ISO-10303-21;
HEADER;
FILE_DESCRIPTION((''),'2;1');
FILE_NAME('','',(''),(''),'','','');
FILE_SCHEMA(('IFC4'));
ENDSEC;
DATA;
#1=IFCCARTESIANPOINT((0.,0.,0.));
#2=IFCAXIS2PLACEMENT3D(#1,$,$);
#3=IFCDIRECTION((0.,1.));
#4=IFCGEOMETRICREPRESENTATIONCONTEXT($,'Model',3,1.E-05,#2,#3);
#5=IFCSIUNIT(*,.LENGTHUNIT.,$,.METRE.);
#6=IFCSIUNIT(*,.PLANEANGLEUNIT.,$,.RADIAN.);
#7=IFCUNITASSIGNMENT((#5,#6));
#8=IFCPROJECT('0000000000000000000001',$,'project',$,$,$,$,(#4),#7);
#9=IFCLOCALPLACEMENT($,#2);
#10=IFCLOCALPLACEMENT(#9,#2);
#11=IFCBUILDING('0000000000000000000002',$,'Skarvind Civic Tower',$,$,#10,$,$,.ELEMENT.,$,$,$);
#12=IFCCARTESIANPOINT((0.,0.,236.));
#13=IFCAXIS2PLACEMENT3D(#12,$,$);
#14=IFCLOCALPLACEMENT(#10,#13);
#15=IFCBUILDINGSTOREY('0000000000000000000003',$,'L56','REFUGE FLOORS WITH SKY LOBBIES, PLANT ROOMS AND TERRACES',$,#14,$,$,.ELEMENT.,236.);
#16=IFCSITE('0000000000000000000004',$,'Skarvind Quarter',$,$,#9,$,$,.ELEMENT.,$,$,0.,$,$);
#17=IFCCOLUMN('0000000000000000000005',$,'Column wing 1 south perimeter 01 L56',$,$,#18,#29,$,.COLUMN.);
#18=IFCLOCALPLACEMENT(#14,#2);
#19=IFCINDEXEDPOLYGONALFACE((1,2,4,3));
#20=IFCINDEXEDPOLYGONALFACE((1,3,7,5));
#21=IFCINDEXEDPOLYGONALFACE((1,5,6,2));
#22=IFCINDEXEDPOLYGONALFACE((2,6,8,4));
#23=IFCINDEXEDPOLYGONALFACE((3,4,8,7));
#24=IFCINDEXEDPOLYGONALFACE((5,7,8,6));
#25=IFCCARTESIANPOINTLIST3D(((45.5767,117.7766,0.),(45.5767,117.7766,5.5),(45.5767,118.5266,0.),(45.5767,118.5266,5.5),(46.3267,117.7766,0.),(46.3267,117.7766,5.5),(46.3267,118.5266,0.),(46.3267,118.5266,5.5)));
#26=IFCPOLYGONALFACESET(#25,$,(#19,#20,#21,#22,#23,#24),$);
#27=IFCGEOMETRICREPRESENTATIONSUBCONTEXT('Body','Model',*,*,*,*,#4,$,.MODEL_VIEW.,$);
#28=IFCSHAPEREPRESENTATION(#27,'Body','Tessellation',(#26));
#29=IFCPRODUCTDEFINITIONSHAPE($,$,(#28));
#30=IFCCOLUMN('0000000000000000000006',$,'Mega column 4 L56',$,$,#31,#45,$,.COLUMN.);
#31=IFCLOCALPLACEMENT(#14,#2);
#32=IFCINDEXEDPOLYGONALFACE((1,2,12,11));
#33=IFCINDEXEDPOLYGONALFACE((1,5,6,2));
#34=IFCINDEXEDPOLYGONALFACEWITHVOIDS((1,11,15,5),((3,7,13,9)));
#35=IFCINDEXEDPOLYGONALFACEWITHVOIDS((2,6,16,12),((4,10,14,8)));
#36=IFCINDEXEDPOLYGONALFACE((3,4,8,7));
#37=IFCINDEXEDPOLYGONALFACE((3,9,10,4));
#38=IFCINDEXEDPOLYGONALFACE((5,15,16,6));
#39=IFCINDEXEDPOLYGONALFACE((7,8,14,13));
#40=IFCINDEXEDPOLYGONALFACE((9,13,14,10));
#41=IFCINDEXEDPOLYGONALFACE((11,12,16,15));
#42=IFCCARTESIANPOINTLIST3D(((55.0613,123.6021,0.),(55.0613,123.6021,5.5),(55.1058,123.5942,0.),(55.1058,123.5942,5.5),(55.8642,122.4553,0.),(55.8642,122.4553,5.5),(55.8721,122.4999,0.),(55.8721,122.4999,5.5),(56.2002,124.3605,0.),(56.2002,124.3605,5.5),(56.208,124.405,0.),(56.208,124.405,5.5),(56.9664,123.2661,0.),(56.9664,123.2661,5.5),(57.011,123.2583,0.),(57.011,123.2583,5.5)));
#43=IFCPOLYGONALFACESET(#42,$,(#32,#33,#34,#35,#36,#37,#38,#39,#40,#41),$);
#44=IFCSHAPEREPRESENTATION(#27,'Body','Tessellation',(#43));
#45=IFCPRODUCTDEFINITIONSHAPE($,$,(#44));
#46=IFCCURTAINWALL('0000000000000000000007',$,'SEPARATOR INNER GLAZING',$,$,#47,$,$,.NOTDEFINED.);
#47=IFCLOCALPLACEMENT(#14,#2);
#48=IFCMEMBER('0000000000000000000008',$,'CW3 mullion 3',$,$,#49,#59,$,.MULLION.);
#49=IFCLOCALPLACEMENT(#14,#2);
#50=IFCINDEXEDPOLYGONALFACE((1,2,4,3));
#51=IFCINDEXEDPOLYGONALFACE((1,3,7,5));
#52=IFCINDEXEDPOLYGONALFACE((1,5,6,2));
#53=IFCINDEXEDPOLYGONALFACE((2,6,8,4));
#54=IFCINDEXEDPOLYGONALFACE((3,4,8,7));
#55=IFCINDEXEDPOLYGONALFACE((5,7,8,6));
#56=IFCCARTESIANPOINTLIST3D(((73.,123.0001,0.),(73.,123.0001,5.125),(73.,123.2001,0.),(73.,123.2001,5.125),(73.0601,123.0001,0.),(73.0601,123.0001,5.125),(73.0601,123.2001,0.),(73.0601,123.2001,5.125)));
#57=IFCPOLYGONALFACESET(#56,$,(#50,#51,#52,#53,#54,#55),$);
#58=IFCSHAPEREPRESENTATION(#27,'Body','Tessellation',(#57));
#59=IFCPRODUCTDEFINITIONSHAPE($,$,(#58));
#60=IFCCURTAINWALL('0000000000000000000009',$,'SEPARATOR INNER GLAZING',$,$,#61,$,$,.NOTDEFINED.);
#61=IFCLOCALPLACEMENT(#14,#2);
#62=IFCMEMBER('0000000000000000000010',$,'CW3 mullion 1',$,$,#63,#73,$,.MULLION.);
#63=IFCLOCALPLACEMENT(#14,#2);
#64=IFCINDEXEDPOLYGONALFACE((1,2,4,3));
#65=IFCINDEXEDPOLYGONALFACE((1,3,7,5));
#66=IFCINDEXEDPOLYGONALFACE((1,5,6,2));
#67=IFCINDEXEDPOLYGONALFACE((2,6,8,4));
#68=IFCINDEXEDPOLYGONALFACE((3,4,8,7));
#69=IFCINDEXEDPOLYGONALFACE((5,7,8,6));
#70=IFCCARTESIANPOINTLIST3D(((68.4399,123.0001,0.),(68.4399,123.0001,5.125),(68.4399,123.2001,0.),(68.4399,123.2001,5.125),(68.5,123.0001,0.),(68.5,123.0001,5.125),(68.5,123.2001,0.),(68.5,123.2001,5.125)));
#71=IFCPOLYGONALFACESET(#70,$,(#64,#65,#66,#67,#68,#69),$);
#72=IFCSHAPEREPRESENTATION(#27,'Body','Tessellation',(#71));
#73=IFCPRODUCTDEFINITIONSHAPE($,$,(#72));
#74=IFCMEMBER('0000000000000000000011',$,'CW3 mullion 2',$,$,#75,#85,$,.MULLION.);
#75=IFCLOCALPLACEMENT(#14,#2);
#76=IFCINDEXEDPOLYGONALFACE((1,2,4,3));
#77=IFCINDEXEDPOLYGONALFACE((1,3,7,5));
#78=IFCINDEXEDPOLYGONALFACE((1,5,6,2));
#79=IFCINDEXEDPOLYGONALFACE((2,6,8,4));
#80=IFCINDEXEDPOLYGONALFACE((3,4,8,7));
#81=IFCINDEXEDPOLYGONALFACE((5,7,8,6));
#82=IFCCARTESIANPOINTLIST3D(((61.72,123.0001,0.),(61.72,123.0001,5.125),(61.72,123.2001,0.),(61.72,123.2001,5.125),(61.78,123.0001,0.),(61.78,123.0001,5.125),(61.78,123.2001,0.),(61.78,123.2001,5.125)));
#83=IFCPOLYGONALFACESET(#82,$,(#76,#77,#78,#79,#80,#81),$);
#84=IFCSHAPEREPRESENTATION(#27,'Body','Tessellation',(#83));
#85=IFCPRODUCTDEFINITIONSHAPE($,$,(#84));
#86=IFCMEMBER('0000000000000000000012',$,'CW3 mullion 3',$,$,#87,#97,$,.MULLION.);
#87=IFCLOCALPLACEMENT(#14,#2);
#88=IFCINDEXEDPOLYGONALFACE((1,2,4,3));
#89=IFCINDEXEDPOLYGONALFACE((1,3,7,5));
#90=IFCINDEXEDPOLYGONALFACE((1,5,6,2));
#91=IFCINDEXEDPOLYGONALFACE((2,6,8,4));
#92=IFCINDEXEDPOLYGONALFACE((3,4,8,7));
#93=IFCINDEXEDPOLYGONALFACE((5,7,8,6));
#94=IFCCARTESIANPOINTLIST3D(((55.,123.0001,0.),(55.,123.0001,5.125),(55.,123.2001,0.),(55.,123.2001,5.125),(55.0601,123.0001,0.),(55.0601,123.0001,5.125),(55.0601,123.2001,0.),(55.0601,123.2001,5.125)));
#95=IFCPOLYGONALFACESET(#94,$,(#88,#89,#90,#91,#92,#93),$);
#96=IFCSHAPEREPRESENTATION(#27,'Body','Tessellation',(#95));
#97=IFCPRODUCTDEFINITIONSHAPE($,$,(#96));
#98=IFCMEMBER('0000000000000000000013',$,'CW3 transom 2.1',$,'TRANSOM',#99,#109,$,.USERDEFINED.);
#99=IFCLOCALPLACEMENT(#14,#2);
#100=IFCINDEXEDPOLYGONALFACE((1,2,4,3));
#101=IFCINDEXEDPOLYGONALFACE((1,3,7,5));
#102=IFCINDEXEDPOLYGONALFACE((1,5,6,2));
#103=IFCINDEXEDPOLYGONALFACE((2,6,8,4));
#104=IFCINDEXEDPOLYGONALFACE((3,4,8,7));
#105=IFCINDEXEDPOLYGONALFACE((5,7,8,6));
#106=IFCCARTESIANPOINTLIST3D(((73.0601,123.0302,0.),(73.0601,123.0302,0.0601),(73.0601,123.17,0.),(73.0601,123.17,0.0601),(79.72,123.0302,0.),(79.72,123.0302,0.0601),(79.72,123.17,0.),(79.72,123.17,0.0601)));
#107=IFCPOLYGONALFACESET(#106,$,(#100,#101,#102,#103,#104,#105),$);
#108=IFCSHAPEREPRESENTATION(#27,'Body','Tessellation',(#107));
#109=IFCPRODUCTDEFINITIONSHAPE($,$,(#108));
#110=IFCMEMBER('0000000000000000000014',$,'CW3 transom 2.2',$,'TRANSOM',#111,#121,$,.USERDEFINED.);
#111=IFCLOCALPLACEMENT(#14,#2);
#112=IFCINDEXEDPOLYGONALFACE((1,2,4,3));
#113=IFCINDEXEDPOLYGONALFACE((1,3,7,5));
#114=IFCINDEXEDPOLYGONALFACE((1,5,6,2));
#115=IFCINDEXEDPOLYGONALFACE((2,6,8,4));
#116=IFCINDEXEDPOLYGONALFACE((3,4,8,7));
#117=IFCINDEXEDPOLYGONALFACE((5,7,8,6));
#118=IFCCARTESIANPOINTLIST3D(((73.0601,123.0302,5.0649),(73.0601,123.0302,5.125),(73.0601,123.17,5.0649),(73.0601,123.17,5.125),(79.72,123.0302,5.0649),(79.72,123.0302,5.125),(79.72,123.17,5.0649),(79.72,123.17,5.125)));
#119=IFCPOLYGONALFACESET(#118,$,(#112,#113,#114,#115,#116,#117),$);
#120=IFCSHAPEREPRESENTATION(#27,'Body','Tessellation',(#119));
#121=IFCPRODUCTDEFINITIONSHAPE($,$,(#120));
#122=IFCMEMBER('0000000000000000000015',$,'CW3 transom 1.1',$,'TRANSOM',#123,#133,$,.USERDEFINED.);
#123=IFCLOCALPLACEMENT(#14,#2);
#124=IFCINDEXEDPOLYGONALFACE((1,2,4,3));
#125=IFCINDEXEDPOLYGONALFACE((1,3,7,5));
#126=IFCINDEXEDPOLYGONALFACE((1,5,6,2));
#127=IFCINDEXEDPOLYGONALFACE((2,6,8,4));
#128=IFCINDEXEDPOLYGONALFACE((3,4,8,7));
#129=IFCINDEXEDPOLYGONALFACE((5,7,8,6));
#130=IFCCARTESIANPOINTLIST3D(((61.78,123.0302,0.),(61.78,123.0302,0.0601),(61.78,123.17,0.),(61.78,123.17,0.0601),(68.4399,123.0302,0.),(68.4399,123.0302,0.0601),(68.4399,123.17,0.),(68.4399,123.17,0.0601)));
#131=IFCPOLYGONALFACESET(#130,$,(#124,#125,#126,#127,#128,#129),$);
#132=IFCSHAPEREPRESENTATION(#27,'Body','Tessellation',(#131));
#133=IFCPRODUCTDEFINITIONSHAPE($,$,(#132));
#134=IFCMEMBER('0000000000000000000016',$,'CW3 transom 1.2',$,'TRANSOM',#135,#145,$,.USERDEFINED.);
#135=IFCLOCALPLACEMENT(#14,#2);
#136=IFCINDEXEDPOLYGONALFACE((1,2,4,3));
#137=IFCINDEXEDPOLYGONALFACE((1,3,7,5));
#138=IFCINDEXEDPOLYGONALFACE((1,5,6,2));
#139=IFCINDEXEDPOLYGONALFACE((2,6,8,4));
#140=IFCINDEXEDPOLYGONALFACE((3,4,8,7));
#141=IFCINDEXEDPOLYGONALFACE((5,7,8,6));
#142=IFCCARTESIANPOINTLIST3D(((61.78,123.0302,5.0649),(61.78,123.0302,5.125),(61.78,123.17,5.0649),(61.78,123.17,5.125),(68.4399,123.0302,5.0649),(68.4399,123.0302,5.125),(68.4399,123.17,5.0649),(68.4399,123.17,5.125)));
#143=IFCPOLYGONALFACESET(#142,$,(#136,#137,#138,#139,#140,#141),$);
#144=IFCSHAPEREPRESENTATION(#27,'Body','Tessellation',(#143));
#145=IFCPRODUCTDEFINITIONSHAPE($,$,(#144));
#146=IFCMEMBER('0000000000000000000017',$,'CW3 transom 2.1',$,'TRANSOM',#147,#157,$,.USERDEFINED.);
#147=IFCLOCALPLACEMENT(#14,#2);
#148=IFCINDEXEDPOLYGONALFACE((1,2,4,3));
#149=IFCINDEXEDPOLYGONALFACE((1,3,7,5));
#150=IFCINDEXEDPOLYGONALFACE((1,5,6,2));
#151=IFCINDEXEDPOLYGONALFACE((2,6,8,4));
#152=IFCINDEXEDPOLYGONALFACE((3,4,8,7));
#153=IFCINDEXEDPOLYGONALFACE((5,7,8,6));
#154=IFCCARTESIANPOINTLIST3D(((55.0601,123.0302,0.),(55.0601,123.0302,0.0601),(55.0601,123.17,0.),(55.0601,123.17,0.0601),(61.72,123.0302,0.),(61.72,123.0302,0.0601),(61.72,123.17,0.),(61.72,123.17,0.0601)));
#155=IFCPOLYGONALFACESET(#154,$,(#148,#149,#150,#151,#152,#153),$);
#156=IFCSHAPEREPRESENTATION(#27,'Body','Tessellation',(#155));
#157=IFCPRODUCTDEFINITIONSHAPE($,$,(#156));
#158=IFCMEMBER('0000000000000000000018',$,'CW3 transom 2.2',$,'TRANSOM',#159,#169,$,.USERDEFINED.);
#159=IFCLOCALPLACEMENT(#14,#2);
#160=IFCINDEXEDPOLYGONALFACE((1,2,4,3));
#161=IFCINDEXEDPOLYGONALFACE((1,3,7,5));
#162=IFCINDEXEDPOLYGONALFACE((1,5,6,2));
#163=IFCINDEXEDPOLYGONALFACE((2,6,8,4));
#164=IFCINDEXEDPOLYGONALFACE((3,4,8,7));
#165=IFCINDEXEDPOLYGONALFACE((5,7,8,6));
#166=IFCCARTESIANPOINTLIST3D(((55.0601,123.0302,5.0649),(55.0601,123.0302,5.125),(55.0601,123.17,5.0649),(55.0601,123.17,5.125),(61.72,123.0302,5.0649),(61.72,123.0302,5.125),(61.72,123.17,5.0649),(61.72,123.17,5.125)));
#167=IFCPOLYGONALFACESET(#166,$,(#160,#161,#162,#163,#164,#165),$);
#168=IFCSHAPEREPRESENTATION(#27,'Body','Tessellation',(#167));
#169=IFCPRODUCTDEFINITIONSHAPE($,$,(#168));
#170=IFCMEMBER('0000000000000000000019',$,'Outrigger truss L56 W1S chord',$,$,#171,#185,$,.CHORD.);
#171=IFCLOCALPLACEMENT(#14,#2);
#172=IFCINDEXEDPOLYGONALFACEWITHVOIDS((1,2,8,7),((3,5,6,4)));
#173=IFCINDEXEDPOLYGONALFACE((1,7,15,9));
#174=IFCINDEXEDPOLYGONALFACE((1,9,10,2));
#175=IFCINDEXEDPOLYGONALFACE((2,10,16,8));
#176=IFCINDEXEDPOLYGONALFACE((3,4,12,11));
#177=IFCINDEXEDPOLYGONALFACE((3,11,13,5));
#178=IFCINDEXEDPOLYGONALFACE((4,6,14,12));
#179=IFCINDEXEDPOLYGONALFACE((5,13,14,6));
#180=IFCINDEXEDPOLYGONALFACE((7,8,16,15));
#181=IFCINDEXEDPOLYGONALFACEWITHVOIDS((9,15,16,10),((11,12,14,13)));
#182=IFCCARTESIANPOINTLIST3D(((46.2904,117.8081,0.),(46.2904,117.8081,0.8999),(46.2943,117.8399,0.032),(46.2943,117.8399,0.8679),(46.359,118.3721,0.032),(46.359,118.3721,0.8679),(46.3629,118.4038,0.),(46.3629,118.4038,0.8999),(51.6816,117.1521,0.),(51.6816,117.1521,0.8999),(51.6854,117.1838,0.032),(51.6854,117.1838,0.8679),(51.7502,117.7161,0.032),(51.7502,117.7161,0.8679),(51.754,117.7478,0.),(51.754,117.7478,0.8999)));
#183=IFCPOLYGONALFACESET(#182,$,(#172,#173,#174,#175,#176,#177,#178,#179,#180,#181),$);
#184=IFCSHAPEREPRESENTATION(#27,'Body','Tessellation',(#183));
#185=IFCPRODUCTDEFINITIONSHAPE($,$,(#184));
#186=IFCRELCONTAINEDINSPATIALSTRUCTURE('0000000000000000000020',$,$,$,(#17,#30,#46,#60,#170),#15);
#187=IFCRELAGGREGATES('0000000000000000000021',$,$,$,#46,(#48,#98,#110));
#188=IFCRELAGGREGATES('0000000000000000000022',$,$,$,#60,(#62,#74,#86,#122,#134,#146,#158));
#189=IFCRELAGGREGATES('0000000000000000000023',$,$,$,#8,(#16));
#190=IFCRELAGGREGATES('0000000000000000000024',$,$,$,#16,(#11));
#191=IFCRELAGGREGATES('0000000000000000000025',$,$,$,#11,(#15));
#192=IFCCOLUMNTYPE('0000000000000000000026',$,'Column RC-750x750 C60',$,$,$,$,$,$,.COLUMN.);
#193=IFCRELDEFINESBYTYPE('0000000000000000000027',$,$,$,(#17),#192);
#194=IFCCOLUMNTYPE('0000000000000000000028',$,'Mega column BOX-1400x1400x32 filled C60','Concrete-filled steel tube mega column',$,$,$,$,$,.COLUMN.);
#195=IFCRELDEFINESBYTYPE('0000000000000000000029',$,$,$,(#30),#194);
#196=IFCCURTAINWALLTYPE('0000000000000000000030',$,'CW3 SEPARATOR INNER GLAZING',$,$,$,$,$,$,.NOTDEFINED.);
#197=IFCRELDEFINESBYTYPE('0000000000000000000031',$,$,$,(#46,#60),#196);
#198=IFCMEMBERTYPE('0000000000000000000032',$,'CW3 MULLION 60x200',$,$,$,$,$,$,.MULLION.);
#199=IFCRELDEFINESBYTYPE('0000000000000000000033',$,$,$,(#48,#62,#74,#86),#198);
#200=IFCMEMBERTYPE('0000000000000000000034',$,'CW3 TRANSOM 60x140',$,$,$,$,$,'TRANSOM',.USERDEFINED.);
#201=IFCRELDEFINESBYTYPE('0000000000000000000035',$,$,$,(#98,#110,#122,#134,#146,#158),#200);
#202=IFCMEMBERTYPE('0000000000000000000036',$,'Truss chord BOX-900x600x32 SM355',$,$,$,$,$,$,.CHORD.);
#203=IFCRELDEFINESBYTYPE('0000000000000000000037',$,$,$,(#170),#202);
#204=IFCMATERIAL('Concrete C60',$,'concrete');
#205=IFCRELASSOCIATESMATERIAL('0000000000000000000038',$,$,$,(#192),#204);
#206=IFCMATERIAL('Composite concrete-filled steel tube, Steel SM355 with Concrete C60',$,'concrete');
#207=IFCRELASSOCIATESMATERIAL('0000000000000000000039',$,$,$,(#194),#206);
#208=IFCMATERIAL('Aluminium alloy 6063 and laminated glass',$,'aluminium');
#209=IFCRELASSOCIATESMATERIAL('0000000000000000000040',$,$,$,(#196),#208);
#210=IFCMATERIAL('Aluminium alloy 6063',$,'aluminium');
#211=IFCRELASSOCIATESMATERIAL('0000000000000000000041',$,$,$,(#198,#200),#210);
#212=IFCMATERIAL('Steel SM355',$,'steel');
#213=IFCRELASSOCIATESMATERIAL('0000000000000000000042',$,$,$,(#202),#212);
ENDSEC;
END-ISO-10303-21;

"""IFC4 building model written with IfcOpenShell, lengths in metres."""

from ifc_helpers import new_model, si_unit, direction, frame, origin, origin_2d, place, context, subcontext, project, spatial, rectangle, hollow_rectangle, extrude, material, material_profile, profile_set, type_object, element, aggregate, save


model = new_model("IFC4")

# Units and contexts
model_context = context("Model", 3, precision=1e-05, world=origin(), true_north=direction((0.0, 1.0)))
body_context = subcontext(model_context, "Body", "Model", "MODEL_VIEW")
ifc_project = project(units=[si_unit("LENGTHUNIT", "METRE"), si_unit("PLANEANGLEUNIT", "RADIAN")], contexts=[model_context])

# Site, building, storey
site_placement = place(None, origin())
site = spatial("IfcSite", under=ifc_project, at=site_placement, Name="Skarvind Quarter", CompositionType="ELEMENT", RefElevation=0.0)
building_placement = place(site_placement, origin())
building = spatial("IfcBuilding", under=site, at=building_placement, Name="Skarvind Civic Tower", CompositionType="ELEMENT")
storey_placement = place(building_placement, frame((0.0, 0.0, 236.0)))
storey = spatial("IfcBuildingStorey", under=building, at=storey_placement, Name="L56", Description="REFUGE FLOORS WITH SKY LOBBIES, PLANT ROOMS AND TERRACES", CompositionType="ELEMENT", Elevation=236.0)

# Columns
ifc_material_1 = material(Name="Concrete C60", Category="concrete")
ifc_material_profile_1 = material_profile(ifc_material_1, rectangle(XDim=0.75, YDim=0.75, at=origin_2d()), Name="RC-750x750")
ifc_profile_set_1 = profile_set([ifc_material_profile_1], Name="Concrete C60")
column_type_1 = type_object("IfcColumnType", Name="Column RC-750x750 C60", PredefinedType="COLUMN", material=ifc_profile_set_1)
column_1_placement = place(storey_placement, frame((45.9517, 118.1516, 0.0), z_axis=(0.0, 0.0, 1.0), x_axis=(1.0, 0.0, 0.0)))
element("IfcColumn", 1, at=column_1_placement, inside=storey, type_object=column_type_1, Name="Column wing 1 south perimeter 01 L56", PredefinedType="COLUMN", context=body_context, shape_type="SweptSolid", body=[
    extrude(rectangle(XDim=0.75, YDim=0.75, at=origin_2d()), origin(), (0.0, 0.0, 1.0), 5.5),
])
ifc_material_2 = material(Name="Composite concrete-filled steel tube, Steel SM355 with Concrete C60", Category="concrete")
ifc_material_profile_2 = material_profile(ifc_material_2, hollow_rectangle(XDim=1.3999, YDim=1.3999, WallThickness=0.032, at=origin_2d()), Name="BOX-1400x1400x32")
ifc_profile_set_2 = profile_set([ifc_material_profile_2], Name="Composite concrete-filled steel tube, Steel SM355 with Concrete C60")
column_type_2 = type_object("IfcColumnType", Name="Mega column BOX-1400x1400x32 filled C60", Description="Concrete-filled steel tube mega column", PredefinedType="COLUMN", material=ifc_profile_set_2)
column_2_placement = place(storey_placement, frame((56.0361, 123.4302, 0.0), z_axis=(0.0, 0.0, 1.0), x_axis=(0.573576, -0.819152, 0.0)))
element("IfcColumn", 2, at=column_2_placement, inside=storey, type_object=column_type_2, Name="Mega column 4 L56", PredefinedType="COLUMN", context=body_context, shape_type="SweptSolid", body=[
    extrude(hollow_rectangle(XDim=1.3999, YDim=1.3999, WallThickness=0.032, at=origin_2d()), origin(), (0.0, 0.0, 1.0), 5.5),
])

# Curtain wall, member
ifc_material_3 = material(Name="Aluminium alloy 6063 and laminated glass", Category="aluminium")
curtain_wall_type = type_object("IfcCurtainWallType", Name="CW3 SEPARATOR INNER GLAZING", PredefinedType="NOTDEFINED", material=ifc_material_3)
curtain_wall_1_placement = place(storey_placement, origin())
curtain_wall_1 = element("IfcCurtainWall", 3, at=curtain_wall_1_placement, inside=storey, type_object=curtain_wall_type, Name="SEPARATOR INNER GLAZING", PredefinedType="NOTDEFINED")
ifc_material_4 = material(Name="Aluminium alloy 6063", Category="aluminium")
ifc_material_profile_3 = material_profile(ifc_material_4, rectangle(XDim=0.2, YDim=0.0601, at=origin_2d()), Name="AL 60x200")
ifc_profile_set_3 = profile_set([ifc_material_profile_3], Name="Aluminium alloy 6063")
member_type_1 = type_object("IfcMemberType", Name="CW3 MULLION 60x200", PredefinedType="MULLION", material=ifc_profile_set_3)
member_1_placement = place(storey_placement, frame((73.03, 123.1001, 0.0), z_axis=(0.0, 0.0, 1.0), x_axis=(0.0, -1.0, 0.0)))
member_1 = element("IfcMember", 4, at=member_1_placement, type_object=member_type_1, Name="CW3 mullion 3", PredefinedType="MULLION", context=body_context, shape_type="SweptSolid", body=[
    extrude(rectangle(XDim=0.2, YDim=0.0601, at=origin_2d()), origin(), (0.0, 0.0, 1.0), 5.125),
])

# Curtain wall, members
curtain_wall_2_placement = place(storey_placement, origin())
curtain_wall_2 = element("IfcCurtainWall", 5, at=curtain_wall_2_placement, inside=storey, type_object=curtain_wall_type, Name="SEPARATOR INNER GLAZING", PredefinedType="NOTDEFINED")
member_2_placement = place(storey_placement, frame((68.47, 123.1001, 0.0), z_axis=(0.0, 0.0, 1.0), x_axis=(0.0, -1.0, 0.0)))
member_2 = element("IfcMember", 6, at=member_2_placement, type_object=member_type_1, Name="CW3 mullion 1", PredefinedType="MULLION", context=body_context, shape_type="SweptSolid", body=[
    extrude(rectangle(XDim=0.2, YDim=0.0601, at=origin_2d()), origin(), (0.0, 0.0, 1.0), 5.125),
])
member_3_placement = place(storey_placement, frame((61.75, 123.1001, 0.0), z_axis=(0.0, 0.0, 1.0), x_axis=(0.0, -1.0, 0.0)))
member_3 = element("IfcMember", 7, at=member_3_placement, type_object=member_type_1, Name="CW3 mullion 2", PredefinedType="MULLION", context=body_context, shape_type="SweptSolid", body=[
    extrude(rectangle(XDim=0.2, YDim=0.0601, at=origin_2d()), origin(), (0.0, 0.0, 1.0), 5.125),
])
member_4_placement = place(storey_placement, frame((55.03, 123.1001, 0.0), z_axis=(0.0, 0.0, 1.0), x_axis=(0.0, -1.0, 0.0)))
member_4 = element("IfcMember", 8, at=member_4_placement, type_object=member_type_1, Name="CW3 mullion 3", PredefinedType="MULLION", context=body_context, shape_type="SweptSolid", body=[
    extrude(rectangle(XDim=0.2, YDim=0.0601, at=origin_2d()), origin(), (0.0, 0.0, 1.0), 5.125),
])

# Members
ifc_material_profile_4 = material_profile(ifc_material_4, rectangle(XDim=0.1399, YDim=0.0601, at=origin_2d()), Name="AL 60x140")
ifc_profile_set_4 = profile_set([ifc_material_profile_4], Name="Aluminium alloy 6063")
member_type_2 = type_object("IfcMemberType", Name="CW3 TRANSOM 60x140", ElementType="TRANSOM", PredefinedType="USERDEFINED", material=ifc_profile_set_4)
member_5_placement = place(storey_placement, frame((79.72, 123.1001, 0.03), z_axis=(-1.0, 0.0, 0.0), x_axis=(0.0, -1.0, 0.0)))
member_5 = element("IfcMember", 9, at=member_5_placement, type_object=member_type_2, Name="CW3 transom 2.1", ObjectType="TRANSOM", PredefinedType="USERDEFINED", context=body_context, shape_type="SweptSolid", body=[
    extrude(rectangle(XDim=0.1399, YDim=0.0601, at=origin_2d()), origin(), (0.0, 0.0, 1.0), 6.6599),
])
member_6_placement = place(storey_placement, frame((79.72, 123.1001, 5.095), z_axis=(-1.0, 0.0, 0.0), x_axis=(0.0, -1.0, 0.0)))
member_6 = element("IfcMember", 10, at=member_6_placement, type_object=member_type_2, Name="CW3 transom 2.2", ObjectType="TRANSOM", PredefinedType="USERDEFINED", context=body_context, shape_type="SweptSolid", body=[
    extrude(rectangle(XDim=0.1399, YDim=0.0601, at=origin_2d()), origin(), (0.0, 0.0, 1.0), 6.6599),
])
member_7_placement = place(storey_placement, frame((68.4399, 123.1001, 0.03), z_axis=(-1.0, 0.0, 0.0), x_axis=(0.0, -1.0, 0.0)))
member_7 = element("IfcMember", 11, at=member_7_placement, type_object=member_type_2, Name="CW3 transom 1.1", ObjectType="TRANSOM", PredefinedType="USERDEFINED", context=body_context, shape_type="SweptSolid", body=[
    extrude(rectangle(XDim=0.1399, YDim=0.0601, at=origin_2d()), origin(), (0.0, 0.0, 1.0), 6.6599),
])
member_8_placement = place(storey_placement, frame((68.4399, 123.1001, 5.095), z_axis=(-1.0, 0.0, 0.0), x_axis=(0.0, -1.0, 0.0)))
member_8 = element("IfcMember", 12, at=member_8_placement, type_object=member_type_2, Name="CW3 transom 1.2", ObjectType="TRANSOM", PredefinedType="USERDEFINED", context=body_context, shape_type="SweptSolid", body=[
    extrude(rectangle(XDim=0.1399, YDim=0.0601, at=origin_2d()), origin(), (0.0, 0.0, 1.0), 6.6599),
])
member_9_placement = place(storey_placement, frame((61.72, 123.1001, 0.03), z_axis=(-1.0, 0.0, 0.0), x_axis=(0.0, -1.0, 0.0)))
member_9 = element("IfcMember", 13, at=member_9_placement, type_object=member_type_2, Name="CW3 transom 2.1", ObjectType="TRANSOM", PredefinedType="USERDEFINED", context=body_context, shape_type="SweptSolid", body=[
    extrude(rectangle(XDim=0.1399, YDim=0.0601, at=origin_2d()), origin(), (0.0, 0.0, 1.0), 6.6599),
])
member_10_placement = place(storey_placement, frame((61.72, 123.1001, 5.095), z_axis=(-1.0, 0.0, 0.0), x_axis=(0.0, -1.0, 0.0)))
member_10 = element("IfcMember", 14, at=member_10_placement, type_object=member_type_2, Name="CW3 transom 2.2", ObjectType="TRANSOM", PredefinedType="USERDEFINED", context=body_context, shape_type="SweptSolid", body=[
    extrude(rectangle(XDim=0.1399, YDim=0.0601, at=origin_2d()), origin(), (0.0, 0.0, 1.0), 6.6599),
])

# Member
ifc_material_5 = material(Name="Steel SM355", Category="steel")
ifc_material_profile_5 = material_profile(ifc_material_5, hollow_rectangle(XDim=0.6001, YDim=0.8999, WallThickness=0.032, at=origin_2d()), Name="BOX-900x600x32")
ifc_profile_set_5 = profile_set([ifc_material_profile_5], Name="Steel SM355")
member_type_3 = type_object("IfcMemberType", Name="Truss chord BOX-900x600x32 SM355", PredefinedType="CHORD", material=ifc_profile_set_5)
for number, where, z_axis, x_axis, name in (
    (15, (46.3267, 118.106, 0.45), (0.992678, -0.120792, 0.0), (0.120792, 0.992678, 0.0), "Outrigger truss L56 W1S chord"),
):
    element("IfcMember", number, at=place(storey_placement, frame(where, z_axis=z_axis, x_axis=x_axis)), inside=storey, type_object=member_type_3, Name=name, PredefinedType="CHORD", context=body_context, shape_type="SweptSolid", body=[
        extrude(hollow_rectangle(XDim=0.6001, YDim=0.8999, WallThickness=0.032, at=origin_2d()), origin(), (0.0, 0.0, 1.0), 5.4309),
    ])

aggregate(curtain_wall_1, [member_1, member_5, member_6])
aggregate(curtain_wall_2, [member_2, member_3, member_4, member_7, member_8, member_9, member_10])

save(model, "model.ifc")
